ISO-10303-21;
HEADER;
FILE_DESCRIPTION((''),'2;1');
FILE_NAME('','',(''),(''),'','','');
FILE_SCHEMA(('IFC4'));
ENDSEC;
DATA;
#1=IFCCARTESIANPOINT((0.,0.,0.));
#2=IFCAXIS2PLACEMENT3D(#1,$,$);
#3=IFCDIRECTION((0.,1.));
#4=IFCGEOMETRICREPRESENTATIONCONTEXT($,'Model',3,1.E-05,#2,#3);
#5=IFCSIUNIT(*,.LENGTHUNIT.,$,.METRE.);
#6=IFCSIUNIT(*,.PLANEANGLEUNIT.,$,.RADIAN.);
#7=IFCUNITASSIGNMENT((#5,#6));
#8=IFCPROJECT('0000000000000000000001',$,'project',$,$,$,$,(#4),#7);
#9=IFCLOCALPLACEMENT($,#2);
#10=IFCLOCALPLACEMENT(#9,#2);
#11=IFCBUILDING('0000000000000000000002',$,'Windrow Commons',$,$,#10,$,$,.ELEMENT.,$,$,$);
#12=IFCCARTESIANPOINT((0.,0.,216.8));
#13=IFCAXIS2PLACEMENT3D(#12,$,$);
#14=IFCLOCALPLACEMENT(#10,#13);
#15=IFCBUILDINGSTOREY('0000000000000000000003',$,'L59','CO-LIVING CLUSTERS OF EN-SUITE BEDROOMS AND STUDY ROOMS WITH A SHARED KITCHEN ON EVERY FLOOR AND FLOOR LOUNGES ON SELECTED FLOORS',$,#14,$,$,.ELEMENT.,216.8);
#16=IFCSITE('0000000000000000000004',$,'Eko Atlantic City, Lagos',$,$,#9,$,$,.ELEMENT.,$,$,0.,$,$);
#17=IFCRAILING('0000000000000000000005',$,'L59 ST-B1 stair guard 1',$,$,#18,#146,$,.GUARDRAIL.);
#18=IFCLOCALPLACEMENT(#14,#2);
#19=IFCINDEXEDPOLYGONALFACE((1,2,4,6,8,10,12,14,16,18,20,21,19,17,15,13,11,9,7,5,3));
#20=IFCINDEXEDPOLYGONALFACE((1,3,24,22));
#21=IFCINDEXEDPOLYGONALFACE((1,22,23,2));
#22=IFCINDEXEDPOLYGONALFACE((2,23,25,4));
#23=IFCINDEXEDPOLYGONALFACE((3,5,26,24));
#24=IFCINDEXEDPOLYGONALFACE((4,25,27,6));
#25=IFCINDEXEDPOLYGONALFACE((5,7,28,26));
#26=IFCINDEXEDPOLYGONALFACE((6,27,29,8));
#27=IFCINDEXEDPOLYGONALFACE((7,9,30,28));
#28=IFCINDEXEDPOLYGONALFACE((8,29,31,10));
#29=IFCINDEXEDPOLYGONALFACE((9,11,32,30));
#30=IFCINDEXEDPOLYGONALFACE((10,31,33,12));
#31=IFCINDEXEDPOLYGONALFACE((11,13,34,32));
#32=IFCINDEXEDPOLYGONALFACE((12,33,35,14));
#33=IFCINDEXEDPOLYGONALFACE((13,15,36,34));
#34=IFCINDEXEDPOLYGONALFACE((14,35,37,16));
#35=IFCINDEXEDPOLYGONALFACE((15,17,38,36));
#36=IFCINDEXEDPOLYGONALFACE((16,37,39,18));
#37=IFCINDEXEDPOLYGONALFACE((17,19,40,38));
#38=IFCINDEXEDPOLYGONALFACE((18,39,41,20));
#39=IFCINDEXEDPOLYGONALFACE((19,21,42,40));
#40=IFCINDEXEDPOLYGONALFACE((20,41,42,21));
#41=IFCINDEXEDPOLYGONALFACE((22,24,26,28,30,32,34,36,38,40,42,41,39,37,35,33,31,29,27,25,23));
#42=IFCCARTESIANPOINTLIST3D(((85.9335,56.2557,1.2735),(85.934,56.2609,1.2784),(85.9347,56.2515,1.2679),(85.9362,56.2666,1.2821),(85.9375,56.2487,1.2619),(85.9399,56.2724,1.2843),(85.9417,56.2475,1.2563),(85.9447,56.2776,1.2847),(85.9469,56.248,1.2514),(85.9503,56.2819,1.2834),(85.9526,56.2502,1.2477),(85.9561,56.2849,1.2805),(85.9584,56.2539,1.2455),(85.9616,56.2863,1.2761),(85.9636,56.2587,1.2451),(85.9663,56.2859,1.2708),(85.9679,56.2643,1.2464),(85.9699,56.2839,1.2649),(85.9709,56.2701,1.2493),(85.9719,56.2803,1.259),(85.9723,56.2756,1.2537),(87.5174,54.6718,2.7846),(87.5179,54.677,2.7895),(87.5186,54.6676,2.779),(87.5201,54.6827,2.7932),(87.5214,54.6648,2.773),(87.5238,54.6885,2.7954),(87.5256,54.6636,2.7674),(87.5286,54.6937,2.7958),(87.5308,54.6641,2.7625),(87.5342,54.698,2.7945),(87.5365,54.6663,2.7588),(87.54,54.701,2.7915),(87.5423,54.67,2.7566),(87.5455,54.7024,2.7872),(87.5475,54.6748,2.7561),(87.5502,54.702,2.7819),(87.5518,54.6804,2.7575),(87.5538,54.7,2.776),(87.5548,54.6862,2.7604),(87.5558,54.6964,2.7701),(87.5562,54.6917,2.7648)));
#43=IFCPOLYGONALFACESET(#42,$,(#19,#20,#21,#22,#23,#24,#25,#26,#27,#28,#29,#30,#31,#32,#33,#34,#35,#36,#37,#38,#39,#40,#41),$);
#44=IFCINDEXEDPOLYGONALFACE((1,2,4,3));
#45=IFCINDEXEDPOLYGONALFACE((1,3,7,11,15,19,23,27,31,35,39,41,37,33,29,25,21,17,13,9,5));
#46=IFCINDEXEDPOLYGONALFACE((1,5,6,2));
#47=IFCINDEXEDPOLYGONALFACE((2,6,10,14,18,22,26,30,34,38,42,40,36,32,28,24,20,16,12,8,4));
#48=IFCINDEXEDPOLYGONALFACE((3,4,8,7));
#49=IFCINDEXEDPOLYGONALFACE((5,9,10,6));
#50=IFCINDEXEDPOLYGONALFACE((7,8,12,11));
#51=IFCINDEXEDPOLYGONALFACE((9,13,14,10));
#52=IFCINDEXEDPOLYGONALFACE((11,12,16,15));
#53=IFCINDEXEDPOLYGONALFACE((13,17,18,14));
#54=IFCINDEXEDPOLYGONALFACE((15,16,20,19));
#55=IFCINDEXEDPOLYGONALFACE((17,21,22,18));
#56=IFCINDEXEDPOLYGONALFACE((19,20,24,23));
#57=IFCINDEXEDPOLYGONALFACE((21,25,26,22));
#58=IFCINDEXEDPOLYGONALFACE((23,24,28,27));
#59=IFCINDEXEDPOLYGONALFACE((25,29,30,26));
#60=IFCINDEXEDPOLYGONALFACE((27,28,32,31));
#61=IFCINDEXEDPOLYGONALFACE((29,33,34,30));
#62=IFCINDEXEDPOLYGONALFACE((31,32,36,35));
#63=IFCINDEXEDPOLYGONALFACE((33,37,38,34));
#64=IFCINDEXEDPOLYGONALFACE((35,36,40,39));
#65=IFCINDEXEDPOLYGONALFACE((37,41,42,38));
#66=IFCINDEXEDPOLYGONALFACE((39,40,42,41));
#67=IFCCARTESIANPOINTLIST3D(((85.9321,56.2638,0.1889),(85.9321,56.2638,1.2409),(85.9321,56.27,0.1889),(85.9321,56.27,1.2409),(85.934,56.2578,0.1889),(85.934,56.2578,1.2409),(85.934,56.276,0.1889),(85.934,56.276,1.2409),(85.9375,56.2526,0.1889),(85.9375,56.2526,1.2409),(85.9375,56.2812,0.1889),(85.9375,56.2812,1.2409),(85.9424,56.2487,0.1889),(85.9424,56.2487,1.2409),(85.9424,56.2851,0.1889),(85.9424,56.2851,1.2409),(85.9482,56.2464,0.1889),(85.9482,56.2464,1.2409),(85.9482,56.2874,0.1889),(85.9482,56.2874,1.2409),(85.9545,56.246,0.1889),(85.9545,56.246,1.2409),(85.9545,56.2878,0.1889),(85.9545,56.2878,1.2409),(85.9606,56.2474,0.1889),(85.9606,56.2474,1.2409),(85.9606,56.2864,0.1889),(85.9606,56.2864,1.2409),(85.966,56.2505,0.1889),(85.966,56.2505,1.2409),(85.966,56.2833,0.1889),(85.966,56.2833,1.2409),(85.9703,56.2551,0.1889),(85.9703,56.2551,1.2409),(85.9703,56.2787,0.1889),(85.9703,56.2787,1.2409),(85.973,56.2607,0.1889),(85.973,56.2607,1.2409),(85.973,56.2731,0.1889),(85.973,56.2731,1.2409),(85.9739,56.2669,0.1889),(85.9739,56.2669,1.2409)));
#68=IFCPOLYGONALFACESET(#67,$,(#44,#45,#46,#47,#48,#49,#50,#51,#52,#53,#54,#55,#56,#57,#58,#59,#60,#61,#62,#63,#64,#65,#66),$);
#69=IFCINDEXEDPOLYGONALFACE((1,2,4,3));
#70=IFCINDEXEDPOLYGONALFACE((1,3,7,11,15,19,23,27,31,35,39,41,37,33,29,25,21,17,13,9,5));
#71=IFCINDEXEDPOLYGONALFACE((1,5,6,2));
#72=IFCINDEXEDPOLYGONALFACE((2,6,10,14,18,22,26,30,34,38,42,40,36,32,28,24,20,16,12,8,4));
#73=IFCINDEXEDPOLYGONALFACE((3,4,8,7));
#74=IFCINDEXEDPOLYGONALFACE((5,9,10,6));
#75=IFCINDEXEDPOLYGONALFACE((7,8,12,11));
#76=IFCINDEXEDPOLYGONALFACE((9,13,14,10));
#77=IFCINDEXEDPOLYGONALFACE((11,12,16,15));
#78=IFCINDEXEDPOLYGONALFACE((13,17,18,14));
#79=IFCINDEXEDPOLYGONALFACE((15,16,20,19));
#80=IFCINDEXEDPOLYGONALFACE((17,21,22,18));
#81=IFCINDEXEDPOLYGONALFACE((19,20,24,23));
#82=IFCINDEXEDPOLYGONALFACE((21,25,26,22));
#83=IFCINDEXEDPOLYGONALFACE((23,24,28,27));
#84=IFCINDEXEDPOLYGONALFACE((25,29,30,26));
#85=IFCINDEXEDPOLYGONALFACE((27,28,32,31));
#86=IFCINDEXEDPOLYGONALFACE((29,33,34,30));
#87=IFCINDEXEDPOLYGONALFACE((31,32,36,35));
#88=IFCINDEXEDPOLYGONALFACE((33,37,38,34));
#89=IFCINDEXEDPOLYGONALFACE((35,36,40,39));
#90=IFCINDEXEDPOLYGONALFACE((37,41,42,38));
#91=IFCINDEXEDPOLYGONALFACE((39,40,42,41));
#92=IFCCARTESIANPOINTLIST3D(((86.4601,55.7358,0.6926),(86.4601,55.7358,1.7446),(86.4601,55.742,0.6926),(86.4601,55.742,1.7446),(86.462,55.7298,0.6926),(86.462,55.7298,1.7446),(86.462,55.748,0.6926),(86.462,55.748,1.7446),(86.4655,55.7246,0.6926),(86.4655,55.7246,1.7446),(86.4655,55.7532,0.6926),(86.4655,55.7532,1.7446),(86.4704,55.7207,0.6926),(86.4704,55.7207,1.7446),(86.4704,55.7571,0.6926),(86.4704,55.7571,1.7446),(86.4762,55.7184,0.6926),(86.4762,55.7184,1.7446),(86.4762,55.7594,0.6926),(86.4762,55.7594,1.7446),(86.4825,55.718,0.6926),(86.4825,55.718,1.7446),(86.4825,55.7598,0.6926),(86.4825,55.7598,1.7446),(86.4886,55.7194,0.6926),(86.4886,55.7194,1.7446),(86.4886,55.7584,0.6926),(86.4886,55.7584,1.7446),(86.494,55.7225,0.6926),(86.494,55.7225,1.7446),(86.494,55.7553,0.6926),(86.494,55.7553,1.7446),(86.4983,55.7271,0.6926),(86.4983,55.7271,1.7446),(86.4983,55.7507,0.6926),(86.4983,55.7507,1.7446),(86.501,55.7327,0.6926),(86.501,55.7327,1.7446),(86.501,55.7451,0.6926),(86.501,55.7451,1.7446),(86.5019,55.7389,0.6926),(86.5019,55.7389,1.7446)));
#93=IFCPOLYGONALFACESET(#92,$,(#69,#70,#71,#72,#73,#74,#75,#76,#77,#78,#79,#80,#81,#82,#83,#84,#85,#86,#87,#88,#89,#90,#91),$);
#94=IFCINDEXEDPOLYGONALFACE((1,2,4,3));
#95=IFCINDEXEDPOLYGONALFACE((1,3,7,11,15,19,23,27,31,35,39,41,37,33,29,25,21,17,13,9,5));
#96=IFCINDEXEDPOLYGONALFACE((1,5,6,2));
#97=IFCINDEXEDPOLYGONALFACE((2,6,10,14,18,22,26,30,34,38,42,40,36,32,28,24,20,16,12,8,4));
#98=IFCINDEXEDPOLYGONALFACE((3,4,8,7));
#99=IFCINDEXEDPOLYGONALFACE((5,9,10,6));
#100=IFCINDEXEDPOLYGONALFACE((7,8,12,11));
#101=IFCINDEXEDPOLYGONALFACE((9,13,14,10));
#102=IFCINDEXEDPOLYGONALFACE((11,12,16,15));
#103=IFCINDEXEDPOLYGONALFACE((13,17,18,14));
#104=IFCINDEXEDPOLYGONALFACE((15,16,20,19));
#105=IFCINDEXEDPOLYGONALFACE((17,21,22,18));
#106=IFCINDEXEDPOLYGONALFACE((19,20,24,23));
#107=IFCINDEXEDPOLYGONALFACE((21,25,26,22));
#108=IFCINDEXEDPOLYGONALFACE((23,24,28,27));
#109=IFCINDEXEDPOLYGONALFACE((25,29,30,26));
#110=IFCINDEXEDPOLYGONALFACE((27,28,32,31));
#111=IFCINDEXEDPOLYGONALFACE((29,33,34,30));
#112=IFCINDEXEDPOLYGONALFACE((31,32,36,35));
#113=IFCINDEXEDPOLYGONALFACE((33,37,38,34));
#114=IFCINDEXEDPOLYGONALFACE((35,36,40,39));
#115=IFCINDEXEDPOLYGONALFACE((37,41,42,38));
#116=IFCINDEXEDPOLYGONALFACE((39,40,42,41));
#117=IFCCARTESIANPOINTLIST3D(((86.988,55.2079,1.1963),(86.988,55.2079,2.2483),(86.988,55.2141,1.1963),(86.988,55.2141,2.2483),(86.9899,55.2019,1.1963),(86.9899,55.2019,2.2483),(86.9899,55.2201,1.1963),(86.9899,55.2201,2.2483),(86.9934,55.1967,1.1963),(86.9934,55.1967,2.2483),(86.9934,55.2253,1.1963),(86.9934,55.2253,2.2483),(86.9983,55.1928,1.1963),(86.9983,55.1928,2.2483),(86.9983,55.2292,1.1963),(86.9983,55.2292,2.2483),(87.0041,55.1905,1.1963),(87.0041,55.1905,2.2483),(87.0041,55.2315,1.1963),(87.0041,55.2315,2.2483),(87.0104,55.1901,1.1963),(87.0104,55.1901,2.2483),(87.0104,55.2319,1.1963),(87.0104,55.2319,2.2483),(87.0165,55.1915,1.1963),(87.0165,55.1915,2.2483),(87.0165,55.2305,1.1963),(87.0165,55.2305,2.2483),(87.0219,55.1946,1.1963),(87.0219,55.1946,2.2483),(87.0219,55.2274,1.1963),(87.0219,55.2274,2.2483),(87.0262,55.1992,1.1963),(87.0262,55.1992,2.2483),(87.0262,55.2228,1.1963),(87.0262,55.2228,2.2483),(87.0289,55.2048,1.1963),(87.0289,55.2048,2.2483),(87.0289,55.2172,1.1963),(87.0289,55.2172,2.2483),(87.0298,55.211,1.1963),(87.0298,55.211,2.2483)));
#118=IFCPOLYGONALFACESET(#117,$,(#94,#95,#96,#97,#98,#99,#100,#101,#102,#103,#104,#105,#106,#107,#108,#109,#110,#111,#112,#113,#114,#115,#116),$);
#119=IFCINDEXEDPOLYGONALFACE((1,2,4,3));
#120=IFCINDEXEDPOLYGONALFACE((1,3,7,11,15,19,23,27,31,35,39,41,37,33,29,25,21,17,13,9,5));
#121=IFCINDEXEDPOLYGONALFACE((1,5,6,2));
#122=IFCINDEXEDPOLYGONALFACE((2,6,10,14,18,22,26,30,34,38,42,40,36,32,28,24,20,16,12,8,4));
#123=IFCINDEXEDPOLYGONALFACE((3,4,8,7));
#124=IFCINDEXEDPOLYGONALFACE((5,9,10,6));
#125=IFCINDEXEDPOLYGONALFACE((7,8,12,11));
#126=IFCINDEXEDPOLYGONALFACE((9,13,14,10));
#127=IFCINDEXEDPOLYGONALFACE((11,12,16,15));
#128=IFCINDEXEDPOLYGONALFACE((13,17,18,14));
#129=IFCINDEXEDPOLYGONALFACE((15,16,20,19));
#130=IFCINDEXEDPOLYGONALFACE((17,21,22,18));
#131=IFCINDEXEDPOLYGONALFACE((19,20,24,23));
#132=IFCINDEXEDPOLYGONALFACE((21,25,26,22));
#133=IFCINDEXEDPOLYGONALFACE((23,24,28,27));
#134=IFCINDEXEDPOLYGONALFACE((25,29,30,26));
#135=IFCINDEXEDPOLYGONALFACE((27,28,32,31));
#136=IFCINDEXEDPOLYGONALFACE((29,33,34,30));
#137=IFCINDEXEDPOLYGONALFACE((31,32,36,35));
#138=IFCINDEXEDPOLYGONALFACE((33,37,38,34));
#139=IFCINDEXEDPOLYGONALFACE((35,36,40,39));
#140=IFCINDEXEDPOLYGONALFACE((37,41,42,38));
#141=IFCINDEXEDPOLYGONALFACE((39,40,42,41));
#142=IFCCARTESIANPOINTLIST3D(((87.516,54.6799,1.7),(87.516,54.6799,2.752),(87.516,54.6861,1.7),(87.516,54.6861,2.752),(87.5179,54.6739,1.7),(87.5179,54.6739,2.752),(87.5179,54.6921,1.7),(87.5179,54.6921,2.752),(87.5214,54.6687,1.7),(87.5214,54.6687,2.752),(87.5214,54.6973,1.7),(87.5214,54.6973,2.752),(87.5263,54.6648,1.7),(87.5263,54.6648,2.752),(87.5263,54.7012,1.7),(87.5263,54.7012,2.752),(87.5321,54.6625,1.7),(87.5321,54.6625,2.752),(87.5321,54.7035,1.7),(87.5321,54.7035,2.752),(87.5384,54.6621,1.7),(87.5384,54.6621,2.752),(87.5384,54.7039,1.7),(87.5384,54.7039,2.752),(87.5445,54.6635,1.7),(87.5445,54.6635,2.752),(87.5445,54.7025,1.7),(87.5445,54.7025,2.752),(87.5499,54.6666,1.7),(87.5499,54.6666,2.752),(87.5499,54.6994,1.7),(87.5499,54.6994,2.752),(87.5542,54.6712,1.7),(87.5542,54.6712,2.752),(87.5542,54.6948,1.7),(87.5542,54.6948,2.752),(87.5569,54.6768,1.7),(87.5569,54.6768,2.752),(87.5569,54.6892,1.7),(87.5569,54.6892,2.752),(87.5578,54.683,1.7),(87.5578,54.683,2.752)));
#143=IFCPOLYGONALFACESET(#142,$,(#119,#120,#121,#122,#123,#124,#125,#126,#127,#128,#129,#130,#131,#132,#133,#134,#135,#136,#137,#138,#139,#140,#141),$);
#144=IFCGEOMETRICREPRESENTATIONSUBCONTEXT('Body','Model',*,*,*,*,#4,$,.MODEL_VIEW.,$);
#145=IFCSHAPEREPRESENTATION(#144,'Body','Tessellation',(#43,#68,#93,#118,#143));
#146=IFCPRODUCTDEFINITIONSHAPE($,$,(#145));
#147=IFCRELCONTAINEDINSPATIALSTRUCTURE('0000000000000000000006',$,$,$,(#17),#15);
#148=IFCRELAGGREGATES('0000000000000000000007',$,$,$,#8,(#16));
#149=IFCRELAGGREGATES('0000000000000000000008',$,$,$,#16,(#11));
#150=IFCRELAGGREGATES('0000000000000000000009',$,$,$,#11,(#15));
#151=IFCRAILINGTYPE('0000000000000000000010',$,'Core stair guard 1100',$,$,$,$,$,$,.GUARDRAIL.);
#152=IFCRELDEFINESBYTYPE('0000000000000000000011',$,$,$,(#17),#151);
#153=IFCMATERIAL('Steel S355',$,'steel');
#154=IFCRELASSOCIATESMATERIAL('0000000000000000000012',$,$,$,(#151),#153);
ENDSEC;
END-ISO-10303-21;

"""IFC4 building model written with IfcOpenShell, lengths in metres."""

from ifc_helpers import new_model, si_unit, direction, frame, origin, origin_2d, place, context, subcontext, project, spatial, circle, extrude, material, type_object, element, save


model = new_model("IFC4")

# Units and contexts
model_context = context("Model", 3, precision=1e-05, world=origin(), true_north=direction((0.0, 1.0)))
body_context = subcontext(model_context, "Body", "Model", "MODEL_VIEW")
ifc_project = project(units=[si_unit("LENGTHUNIT", "METRE"), si_unit("PLANEANGLEUNIT", "RADIAN")], contexts=[model_context])

# Site, building, storey
site_placement = place(None, origin())
site = spatial("IfcSite", under=ifc_project, at=site_placement, Name="Eko Atlantic City, Lagos", CompositionType="ELEMENT", RefElevation=0.0)
building_placement = place(site_placement, origin())
building = spatial("IfcBuilding", under=site, at=building_placement, Name="Windrow Commons", CompositionType="ELEMENT")
storey_placement = place(building_placement, frame((0.0, 0.0, 216.8)))
storey = spatial("IfcBuildingStorey", under=building, at=storey_placement, Name="L59", Description="CO-LIVING CLUSTERS OF EN-SUITE BEDROOMS AND STUDY ROOMS WITH A SHARED KITCHEN ON EVERY FLOOR AND FLOOR LOUNGES ON SELECTED FLOORS", CompositionType="ELEMENT", Elevation=216.8)

# Railing
ifc_material_1 = material(Name="Steel S355", Category="steel")
railing_type_1 = type_object("IfcRailingType", Name="Core stair guard 1100", PredefinedType="GUARDRAIL", material=ifc_material_1)
railing_1_placement = place(storey_placement, frame((85.9529, 56.2669, 0.1889)))
element("IfcRailing", 1, at=railing_1_placement, inside=storey, type_object=railing_type_1, Name="L59 ST-B1 stair guard 1", PredefinedType="GUARDRAIL", context=body_context, shape_type="SweptSolid", body=[
    extrude(circle(Radius=0.024, at=origin_2d()), frame((0.0, 0.0, 1.076), z_axis=(0.586191, -0.586191, 0.559249), x_axis=(0.707107, 0.707107, 0.0)), (0.0, 0.0, 1.0), 2.702),
    extrude(circle(Radius=0.021, at=origin_2d()), origin(), (0.0, 0.0, 1.0), 1.052),
    extrude(circle(Radius=0.021, at=origin_2d()), frame((0.528, -0.528, 0.5037)), (0.0, 0.0, 1.0), 1.052),
    extrude(circle(Radius=0.021, at=origin_2d()), frame((1.0559, -1.0559, 1.0074)), (0.0, 0.0, 1.0), 1.052),
    extrude(circle(Radius=0.021, at=origin_2d()), frame((1.5839, -1.5839, 1.5111)), (0.0, 0.0, 1.0), 1.052),
])

save(model, "model.ifc")
